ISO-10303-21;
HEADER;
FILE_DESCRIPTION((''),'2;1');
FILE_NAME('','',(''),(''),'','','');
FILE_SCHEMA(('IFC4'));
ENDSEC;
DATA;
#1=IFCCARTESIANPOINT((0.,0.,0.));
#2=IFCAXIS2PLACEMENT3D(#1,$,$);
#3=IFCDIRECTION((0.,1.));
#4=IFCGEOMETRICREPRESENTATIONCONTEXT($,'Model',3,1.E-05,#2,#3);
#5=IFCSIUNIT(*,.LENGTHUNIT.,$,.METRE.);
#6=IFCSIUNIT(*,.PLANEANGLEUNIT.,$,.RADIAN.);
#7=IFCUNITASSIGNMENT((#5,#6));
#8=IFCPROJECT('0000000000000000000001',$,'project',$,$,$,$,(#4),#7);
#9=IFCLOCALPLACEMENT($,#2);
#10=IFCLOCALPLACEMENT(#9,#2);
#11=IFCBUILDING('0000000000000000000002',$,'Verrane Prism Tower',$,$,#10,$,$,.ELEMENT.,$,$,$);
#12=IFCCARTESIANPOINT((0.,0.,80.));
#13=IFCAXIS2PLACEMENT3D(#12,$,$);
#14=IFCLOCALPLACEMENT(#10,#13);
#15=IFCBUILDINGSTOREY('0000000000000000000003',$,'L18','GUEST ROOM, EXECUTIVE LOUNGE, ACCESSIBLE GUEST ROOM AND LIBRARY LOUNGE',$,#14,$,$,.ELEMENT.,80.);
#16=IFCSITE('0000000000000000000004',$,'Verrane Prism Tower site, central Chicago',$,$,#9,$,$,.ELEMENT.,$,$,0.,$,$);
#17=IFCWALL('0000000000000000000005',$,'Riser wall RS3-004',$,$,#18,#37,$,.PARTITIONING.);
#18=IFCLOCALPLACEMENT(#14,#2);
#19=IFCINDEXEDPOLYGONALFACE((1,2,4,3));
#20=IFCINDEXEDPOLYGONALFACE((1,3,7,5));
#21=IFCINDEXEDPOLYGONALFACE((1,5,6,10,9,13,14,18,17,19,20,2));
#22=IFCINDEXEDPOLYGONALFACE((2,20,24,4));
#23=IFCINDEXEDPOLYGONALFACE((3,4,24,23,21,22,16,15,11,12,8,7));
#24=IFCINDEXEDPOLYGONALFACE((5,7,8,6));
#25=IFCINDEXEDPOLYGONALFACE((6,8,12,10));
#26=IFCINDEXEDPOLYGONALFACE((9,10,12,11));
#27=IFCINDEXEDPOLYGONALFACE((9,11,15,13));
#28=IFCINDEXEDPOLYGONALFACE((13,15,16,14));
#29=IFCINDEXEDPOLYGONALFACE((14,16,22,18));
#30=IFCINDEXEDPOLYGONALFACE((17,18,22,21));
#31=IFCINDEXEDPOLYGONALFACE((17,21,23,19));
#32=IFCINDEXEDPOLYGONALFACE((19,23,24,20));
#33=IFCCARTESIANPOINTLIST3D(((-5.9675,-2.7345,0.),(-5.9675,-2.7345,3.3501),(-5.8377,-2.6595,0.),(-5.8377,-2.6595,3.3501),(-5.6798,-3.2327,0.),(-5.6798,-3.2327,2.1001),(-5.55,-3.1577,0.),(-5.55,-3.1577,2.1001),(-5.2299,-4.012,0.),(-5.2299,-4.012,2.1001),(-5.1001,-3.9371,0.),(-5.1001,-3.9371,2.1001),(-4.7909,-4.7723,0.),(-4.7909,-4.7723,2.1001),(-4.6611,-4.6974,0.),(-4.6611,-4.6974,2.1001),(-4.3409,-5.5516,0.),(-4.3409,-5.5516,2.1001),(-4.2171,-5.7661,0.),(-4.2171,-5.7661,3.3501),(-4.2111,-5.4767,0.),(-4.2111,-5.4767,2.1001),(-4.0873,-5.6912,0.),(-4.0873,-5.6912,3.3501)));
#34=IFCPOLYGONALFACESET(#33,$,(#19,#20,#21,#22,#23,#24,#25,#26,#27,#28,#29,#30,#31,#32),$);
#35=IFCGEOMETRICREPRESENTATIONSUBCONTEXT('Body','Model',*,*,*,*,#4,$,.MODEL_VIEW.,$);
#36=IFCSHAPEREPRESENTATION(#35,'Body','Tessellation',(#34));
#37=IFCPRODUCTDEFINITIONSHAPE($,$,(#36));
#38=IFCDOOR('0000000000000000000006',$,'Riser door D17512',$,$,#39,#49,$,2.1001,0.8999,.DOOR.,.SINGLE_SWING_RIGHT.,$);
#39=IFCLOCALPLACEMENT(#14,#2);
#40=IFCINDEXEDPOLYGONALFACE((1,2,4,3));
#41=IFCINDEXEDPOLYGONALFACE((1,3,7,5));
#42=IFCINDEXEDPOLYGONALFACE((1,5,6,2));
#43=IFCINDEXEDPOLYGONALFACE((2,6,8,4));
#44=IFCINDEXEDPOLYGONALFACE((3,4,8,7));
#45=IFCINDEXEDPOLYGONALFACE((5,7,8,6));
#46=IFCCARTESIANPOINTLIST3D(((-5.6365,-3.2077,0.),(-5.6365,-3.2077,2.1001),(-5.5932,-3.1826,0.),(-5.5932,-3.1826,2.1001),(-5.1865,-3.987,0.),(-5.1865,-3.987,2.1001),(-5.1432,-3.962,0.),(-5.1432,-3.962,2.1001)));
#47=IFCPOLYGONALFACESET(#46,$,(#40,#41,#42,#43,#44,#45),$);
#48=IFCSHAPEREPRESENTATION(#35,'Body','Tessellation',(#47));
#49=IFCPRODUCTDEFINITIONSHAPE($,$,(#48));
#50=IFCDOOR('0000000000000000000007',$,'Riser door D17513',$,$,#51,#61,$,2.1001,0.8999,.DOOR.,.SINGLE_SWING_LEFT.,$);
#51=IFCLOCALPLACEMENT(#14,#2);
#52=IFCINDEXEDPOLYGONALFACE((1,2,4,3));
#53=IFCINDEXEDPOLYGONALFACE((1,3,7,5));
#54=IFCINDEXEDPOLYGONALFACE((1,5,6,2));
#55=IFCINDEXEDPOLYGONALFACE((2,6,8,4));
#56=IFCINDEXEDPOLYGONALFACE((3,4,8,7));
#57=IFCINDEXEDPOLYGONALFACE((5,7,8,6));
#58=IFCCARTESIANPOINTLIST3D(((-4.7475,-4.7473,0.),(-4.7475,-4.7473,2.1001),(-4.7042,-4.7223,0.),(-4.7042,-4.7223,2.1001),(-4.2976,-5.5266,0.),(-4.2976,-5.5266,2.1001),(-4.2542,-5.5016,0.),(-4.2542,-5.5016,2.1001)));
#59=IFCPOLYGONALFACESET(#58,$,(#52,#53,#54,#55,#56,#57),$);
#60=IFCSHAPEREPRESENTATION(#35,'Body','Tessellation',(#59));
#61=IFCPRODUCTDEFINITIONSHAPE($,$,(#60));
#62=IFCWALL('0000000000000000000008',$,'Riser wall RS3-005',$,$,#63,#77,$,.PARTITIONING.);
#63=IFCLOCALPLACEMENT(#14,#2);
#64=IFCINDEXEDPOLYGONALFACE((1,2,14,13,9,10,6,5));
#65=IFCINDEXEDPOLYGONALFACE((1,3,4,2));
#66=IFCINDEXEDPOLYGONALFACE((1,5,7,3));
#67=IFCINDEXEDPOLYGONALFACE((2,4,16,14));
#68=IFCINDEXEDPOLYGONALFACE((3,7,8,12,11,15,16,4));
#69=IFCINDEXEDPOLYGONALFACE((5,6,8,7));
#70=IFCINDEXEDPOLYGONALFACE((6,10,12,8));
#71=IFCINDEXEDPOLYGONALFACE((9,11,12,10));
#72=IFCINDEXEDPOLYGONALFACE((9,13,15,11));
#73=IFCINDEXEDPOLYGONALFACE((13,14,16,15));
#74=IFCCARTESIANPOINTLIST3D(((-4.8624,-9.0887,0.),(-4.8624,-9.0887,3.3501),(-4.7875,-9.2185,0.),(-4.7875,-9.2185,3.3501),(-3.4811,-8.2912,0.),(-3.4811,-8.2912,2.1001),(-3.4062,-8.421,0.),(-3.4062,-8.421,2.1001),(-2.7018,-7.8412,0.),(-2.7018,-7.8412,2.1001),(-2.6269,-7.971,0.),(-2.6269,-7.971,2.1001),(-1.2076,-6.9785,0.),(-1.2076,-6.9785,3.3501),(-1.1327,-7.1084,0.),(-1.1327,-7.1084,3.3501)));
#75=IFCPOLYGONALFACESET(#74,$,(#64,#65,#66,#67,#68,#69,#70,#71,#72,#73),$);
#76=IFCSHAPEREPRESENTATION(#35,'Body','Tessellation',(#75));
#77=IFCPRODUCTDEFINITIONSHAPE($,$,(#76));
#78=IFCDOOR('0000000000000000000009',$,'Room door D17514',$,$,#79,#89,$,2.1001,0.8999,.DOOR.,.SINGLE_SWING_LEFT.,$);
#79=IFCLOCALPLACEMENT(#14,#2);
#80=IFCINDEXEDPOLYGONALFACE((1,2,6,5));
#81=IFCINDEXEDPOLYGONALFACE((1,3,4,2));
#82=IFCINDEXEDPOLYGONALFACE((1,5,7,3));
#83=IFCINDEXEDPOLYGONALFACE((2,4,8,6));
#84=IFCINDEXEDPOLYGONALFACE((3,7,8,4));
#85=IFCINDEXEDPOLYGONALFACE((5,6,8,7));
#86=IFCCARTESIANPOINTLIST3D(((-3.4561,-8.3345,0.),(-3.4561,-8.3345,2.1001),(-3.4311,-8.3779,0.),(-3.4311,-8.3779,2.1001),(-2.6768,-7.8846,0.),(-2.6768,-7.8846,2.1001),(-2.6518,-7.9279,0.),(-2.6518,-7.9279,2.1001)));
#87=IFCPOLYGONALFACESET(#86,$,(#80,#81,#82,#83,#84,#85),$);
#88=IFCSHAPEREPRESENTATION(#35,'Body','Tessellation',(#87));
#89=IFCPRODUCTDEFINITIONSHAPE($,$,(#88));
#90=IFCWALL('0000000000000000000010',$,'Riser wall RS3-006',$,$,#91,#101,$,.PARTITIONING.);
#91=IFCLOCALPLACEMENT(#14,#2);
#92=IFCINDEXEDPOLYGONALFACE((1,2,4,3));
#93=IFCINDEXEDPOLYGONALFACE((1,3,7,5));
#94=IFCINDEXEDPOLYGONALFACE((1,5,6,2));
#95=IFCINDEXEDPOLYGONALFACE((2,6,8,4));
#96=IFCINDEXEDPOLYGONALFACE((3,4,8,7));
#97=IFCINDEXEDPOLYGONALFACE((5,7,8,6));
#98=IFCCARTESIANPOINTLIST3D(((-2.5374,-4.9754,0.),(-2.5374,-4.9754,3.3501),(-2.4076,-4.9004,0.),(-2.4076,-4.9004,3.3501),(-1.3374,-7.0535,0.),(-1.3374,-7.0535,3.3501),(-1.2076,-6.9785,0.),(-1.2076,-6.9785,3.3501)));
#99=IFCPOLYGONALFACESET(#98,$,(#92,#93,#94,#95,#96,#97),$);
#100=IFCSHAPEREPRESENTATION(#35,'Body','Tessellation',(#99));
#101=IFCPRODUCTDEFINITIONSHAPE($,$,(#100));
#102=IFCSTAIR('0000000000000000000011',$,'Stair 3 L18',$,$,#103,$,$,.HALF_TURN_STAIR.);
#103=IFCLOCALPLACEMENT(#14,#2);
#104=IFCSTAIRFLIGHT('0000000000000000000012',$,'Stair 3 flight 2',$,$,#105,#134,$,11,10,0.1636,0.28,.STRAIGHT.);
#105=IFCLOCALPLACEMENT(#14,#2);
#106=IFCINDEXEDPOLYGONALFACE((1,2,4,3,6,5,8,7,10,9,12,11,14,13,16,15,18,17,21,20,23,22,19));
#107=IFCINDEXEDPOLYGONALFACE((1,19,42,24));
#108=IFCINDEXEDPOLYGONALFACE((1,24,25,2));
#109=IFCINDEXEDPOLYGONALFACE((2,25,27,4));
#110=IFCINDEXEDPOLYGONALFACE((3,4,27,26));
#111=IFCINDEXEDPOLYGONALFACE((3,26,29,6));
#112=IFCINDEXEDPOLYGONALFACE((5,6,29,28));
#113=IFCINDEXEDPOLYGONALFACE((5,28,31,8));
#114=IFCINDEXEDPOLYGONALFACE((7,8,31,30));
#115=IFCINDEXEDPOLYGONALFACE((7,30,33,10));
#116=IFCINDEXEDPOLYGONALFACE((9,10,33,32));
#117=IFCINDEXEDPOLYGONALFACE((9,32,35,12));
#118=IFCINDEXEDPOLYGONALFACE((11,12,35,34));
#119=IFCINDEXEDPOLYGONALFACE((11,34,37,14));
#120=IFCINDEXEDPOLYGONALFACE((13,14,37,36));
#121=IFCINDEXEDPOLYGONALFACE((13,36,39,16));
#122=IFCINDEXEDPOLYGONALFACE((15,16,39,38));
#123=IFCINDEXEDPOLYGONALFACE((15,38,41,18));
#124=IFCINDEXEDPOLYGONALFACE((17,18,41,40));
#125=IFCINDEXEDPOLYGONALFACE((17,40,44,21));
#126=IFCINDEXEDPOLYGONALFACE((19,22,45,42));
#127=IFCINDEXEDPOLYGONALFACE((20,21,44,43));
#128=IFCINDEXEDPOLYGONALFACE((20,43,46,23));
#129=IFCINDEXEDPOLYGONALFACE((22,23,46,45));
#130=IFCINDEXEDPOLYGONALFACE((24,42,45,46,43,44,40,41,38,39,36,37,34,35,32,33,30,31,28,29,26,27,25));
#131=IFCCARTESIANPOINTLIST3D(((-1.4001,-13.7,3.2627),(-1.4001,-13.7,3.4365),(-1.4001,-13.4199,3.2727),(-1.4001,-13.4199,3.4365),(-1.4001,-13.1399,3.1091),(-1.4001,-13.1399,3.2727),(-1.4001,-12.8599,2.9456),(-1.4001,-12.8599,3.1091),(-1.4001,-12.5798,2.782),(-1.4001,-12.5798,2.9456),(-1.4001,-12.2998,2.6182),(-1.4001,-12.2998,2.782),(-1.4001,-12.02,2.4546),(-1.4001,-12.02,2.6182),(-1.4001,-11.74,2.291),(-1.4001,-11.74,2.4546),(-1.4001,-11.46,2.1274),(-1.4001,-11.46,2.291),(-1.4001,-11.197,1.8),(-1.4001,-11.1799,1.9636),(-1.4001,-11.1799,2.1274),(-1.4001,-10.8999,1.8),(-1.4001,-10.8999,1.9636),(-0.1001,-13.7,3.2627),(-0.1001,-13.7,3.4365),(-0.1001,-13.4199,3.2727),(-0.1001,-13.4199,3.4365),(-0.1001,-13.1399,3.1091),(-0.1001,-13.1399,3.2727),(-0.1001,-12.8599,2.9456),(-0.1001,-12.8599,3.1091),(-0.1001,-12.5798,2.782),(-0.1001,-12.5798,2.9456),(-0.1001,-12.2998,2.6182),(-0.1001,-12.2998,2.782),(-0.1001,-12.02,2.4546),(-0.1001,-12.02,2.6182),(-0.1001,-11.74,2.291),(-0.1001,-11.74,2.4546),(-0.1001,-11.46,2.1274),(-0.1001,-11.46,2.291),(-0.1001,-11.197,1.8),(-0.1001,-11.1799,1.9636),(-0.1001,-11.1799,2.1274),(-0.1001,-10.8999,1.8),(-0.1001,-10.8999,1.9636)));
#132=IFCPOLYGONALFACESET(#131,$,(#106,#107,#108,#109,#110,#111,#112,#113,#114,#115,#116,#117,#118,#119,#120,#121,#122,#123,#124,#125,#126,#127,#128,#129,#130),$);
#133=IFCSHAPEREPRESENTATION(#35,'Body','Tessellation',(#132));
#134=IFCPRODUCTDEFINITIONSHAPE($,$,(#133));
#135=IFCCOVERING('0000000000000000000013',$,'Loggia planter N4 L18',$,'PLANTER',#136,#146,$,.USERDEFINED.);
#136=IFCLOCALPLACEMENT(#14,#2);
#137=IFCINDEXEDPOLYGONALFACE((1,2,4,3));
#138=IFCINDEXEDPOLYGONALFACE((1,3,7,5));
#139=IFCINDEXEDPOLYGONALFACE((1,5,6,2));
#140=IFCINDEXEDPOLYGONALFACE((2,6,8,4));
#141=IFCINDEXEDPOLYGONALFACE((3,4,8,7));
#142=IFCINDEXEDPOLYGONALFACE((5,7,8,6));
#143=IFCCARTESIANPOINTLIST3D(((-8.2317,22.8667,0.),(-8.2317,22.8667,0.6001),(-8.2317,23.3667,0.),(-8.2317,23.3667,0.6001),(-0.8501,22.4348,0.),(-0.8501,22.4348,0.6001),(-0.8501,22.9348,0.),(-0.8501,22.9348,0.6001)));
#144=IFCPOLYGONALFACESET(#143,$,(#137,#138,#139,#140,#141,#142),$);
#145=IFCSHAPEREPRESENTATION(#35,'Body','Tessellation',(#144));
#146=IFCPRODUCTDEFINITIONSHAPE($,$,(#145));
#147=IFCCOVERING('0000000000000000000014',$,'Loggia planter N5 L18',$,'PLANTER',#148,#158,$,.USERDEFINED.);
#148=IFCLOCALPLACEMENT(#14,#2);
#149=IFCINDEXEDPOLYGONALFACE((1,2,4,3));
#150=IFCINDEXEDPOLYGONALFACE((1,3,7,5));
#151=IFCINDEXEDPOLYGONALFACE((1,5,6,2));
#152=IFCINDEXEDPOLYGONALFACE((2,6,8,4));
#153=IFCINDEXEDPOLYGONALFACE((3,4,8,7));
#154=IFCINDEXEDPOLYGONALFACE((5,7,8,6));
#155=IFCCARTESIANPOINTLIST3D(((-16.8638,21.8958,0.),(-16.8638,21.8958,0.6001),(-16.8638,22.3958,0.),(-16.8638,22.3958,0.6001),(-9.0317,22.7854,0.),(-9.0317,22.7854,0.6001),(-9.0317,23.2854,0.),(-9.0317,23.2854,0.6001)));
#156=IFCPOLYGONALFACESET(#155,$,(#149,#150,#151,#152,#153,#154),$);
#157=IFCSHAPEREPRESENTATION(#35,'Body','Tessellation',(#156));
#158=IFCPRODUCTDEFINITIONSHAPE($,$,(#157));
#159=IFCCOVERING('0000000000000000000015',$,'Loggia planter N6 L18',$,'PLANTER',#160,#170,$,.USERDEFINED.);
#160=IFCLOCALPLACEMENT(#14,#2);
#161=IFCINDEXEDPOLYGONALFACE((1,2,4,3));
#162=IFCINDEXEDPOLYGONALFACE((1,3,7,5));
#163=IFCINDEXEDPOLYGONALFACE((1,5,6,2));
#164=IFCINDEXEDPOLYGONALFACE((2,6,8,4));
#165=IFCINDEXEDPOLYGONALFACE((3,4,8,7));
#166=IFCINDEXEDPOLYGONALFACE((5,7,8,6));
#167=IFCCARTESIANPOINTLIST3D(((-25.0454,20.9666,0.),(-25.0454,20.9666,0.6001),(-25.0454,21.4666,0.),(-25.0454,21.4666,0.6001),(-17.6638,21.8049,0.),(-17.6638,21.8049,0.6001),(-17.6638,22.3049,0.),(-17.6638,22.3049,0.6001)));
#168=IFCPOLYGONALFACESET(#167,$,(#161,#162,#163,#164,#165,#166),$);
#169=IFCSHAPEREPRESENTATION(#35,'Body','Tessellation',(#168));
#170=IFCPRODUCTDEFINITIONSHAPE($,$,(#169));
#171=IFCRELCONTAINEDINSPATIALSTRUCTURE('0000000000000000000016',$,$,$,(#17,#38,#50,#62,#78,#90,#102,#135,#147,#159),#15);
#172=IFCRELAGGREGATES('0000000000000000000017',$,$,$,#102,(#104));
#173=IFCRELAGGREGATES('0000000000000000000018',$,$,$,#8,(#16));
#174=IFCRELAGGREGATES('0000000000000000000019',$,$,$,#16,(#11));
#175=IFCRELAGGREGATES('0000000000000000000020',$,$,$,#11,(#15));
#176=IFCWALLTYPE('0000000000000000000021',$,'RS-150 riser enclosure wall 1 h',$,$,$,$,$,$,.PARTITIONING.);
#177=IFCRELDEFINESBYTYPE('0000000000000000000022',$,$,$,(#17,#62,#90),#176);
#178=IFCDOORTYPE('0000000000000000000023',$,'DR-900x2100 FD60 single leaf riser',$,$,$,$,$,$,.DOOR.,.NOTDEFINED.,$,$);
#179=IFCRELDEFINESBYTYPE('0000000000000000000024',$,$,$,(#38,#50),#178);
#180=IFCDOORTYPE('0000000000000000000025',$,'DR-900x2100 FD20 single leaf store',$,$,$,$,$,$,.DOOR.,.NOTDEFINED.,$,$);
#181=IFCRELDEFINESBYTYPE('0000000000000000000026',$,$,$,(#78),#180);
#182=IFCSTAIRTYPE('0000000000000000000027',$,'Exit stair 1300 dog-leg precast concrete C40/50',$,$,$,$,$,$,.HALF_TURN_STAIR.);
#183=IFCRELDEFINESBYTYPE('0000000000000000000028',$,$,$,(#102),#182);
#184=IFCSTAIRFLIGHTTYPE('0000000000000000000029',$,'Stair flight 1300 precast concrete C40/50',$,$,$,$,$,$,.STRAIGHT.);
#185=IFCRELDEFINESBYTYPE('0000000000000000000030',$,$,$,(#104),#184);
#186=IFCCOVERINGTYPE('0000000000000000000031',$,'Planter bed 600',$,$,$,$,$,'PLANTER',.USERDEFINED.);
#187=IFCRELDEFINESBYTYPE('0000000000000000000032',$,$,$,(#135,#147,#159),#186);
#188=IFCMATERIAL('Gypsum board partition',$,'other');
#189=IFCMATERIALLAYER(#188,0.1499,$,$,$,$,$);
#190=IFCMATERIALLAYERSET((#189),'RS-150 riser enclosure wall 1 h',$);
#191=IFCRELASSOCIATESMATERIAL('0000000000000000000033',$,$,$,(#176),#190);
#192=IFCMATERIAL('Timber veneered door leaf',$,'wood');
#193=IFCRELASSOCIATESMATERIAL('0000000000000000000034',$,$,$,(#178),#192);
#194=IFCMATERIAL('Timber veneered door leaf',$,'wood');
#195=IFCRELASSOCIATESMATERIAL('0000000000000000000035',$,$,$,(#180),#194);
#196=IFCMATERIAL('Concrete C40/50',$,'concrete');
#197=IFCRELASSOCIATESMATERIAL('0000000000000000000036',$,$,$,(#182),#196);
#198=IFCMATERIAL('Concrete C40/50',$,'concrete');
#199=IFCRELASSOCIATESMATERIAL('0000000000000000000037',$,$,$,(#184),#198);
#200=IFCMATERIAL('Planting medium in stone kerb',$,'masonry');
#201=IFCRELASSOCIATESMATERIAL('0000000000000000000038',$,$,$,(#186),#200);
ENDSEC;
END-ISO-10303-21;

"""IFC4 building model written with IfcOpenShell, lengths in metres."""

from ifc_helpers import new_model, si_unit, direction, frame, frame_2d, origin, place, context, subcontext, project, spatial, polyline, rectangle, outline, extrude, material, layer, layer_set, type_object, element, fill, aggregate, save


model = new_model("IFC4")

# Units and contexts
model_context = context("Model", 3, precision=1e-05, world=origin(), true_north=direction((0.0, 1.0)))
body_context = subcontext(model_context, "Body", "Model", "MODEL_VIEW")
ifc_project = project(units=[si_unit("LENGTHUNIT", "METRE"), si_unit("PLANEANGLEUNIT", "RADIAN")], contexts=[model_context])

# Site, building, storey
site_placement = place(None, origin())
site = spatial("IfcSite", under=ifc_project, at=site_placement, Name="Verrane Prism Tower site, central Chicago", CompositionType="ELEMENT", RefElevation=0.0)
building_placement = place(site_placement, origin())
building = spatial("IfcBuilding", under=site, at=building_placement, Name="Verrane Prism Tower", CompositionType="ELEMENT")
storey_placement = place(building_placement, frame((0.0, 0.0, 80.0)))
storey = spatial("IfcBuildingStorey", under=building, at=storey_placement, Name="L18", Description="GUEST ROOM, EXECUTIVE LOUNGE, ACCESSIBLE GUEST ROOM AND LIBRARY LOUNGE", CompositionType="ELEMENT", Elevation=80.0)

# Shared definitions
ifc_material_1 = material(Name="Gypsum board partition", Category="other")
ifc_layer_1 = layer(ifc_material_1, 0.1499)
ifc_layer_set_1 = layer_set([ifc_layer_1], Name="RS-150 riser enclosure wall 1 h")
wall_type_1 = type_object("IfcWallType", Name="RS-150 riser enclosure wall 1 h", PredefinedType="PARTITIONING", material=ifc_layer_set_1)

# Wall, openings, doors
wall_1_placement = place(storey_placement, frame((-4.1521, -5.7288, 0.0), z_axis=(0.0, 0.0, 1.0), x_axis=(-0.500024, 0.866011, 0.0)))
wall_1 = element("IfcWall", 1, at=wall_1_placement, inside=storey, type_object=wall_type_1, Name="Riser wall RS3-004", PredefinedType="PARTITIONING", context=body_context, shape_type="SweptSolid", body=[
    extrude(rectangle(XDim=3.5007, YDim=0.1499, at=frame_2d((1.7505, 0.0))), origin(), (0.0, 0.0, 1.0), 3.3501),
])
opening_1_placement = place(wall_1_placement, frame((2.0256, 0.0, 0.0)))
opening_1 = element("IfcOpeningElement", 2, at=opening_1_placement, cuts=wall_1, PredefinedType="OPENING", context=body_context, shape_type="SweptSolid", body=[
    extrude(rectangle(XDim=0.8999, YDim=2.1001, at=frame_2d((0.45, 1.05))), frame((0.0, 0.085, 0.0), z_axis=(0.0, -1.0, 0.0), x_axis=(1.0, 0.0, 0.0)), (0.0, 0.0, 1.0), 0.1699),
])
opening_2_placement = place(wall_1_placement, frame((0.2478, 0.0, 0.0)))
opening_2 = element("IfcOpeningElement", 3, at=opening_2_placement, cuts=wall_1, PredefinedType="OPENING", context=body_context, shape_type="SweptSolid", body=[
    extrude(rectangle(XDim=0.8999, YDim=2.1001, at=frame_2d((0.45, 1.05))), frame((0.0, 0.085, 0.0), z_axis=(0.0, -1.0, 0.0), x_axis=(1.0, 0.0, 0.0)), (0.0, 0.0, 1.0), 0.1699),
])
ifc_material_2 = material(Name="Timber veneered door leaf", Category="wood")
door_type_1 = type_object("IfcDoorType", Name="DR-900x2100 FD60 single leaf riser", OperationType="NOTDEFINED", PredefinedType="DOOR", material=ifc_material_2)
door_1_placement = place(opening_1_placement, origin())
door_1 = element("IfcDoor", 4, at=door_1_placement, inside=storey, type_object=door_type_1, Name="Riser door D17512", OperationType="SINGLE_SWING_RIGHT", OverallHeight=2.1001, OverallWidth=0.8999, PredefinedType="DOOR", context=body_context, shape_type="SweptSolid", body=[
    extrude(rectangle(XDim=0.8999, YDim=2.1001, at=frame_2d((0.45, 1.05))), frame((0.0, 0.0249, 0.0), z_axis=(0.0, -1.0, 0.0), x_axis=(1.0, 0.0, 0.0)), (0.0, 0.0, 1.0), 0.05),
])
fill(opening_1, door_1)
door_2_placement = place(opening_2_placement, origin())
door_2 = element("IfcDoor", 5, at=door_2_placement, inside=storey, type_object=door_type_1, Name="Riser door D17513", OperationType="SINGLE_SWING_LEFT", OverallHeight=2.1001, OverallWidth=0.8999, PredefinedType="DOOR", context=body_context, shape_type="SweptSolid", body=[
    extrude(rectangle(XDim=0.8999, YDim=2.1001, at=frame_2d((0.45, 1.05))), frame((0.0, 0.0249, 0.0), z_axis=(0.0, -1.0, 0.0), x_axis=(1.0, 0.0, 0.0)), (0.0, 0.0, 1.0), 0.05),
])
fill(opening_2, door_2)

# Wall, opening, door
wall_2_placement = place(storey_placement, frame((-4.825, -9.1536, 0.0), z_axis=(0.0, 0.0, 1.0), x_axis=(0.866024, 0.500003, 0.0)))
wall_2 = element("IfcWall", 6, at=wall_2_placement, inside=storey, type_object=wall_type_1, Name="Riser wall RS3-005", PredefinedType="PARTITIONING", context=body_context, shape_type="SweptSolid", body=[
    extrude(rectangle(XDim=4.2202, YDim=0.1499, at=frame_2d((2.1101, 0.0))), origin(), (0.0, 0.0, 1.0), 3.3501),
])
opening_3_placement = place(wall_2_placement, frame((1.595, 0.0, 0.0)))
opening_3 = element("IfcOpeningElement", 7, at=opening_3_placement, cuts=wall_2, PredefinedType="OPENING", context=body_context, shape_type="SweptSolid", body=[
    extrude(rectangle(XDim=0.8999, YDim=2.1001, at=frame_2d((0.45, 1.05))), frame((0.0, 0.085, 0.0), z_axis=(0.0, -1.0, 0.0), x_axis=(1.0, 0.0, 0.0)), (0.0, 0.0, 1.0), 0.1699),
])
ifc_material_3 = material(Name="Timber veneered door leaf", Category="wood")
door_type_2 = type_object("IfcDoorType", Name="DR-900x2100 FD20 single leaf store", OperationType="NOTDEFINED", PredefinedType="DOOR", material=ifc_material_3)
door_3_placement = place(opening_3_placement, origin())
door_3 = element("IfcDoor", 8, at=door_3_placement, inside=storey, type_object=door_type_2, Name="Room door D17514", OperationType="SINGLE_SWING_LEFT", OverallHeight=2.1001, OverallWidth=0.8999, PredefinedType="DOOR", context=body_context, shape_type="SweptSolid", body=[
    extrude(rectangle(XDim=0.8999, YDim=2.1001, at=frame_2d((0.45, 1.05))), frame((0.0, 0.0249, 0.0), z_axis=(0.0, -1.0, 0.0), x_axis=(1.0, 0.0, 0.0)), (0.0, 0.0, 1.0), 0.05),
])
fill(opening_3, door_3)

# Wall
wall_3_placement = place(storey_placement, frame((-2.4724, -4.938, 0.0), z_axis=(0.0, 0.0, 1.0), x_axis=(0.500045, -0.865999, 0.0)))
element("IfcWall", 9, at=wall_3_placement, inside=storey, type_object=wall_type_1, Name="Riser wall RS3-006", PredefinedType="PARTITIONING", context=body_context, shape_type="SweptSolid", body=[
    extrude(rectangle(XDim=2.3997, YDim=0.1499, at=frame_2d((1.1997, 0.0))), origin(), (0.0, 0.0, 1.0), 3.3501),
])

# Stair, stair flight
ifc_material_4 = material(Name="Concrete C40/50", Category="concrete")
stair_type = type_object("IfcStairType", Name="Exit stair 1300 dog-leg precast concrete C40/50", PredefinedType="HALF_TURN_STAIR", material=ifc_material_4)
stair_placement = place(storey_placement, origin())
stair = element("IfcStair", 10, at=stair_placement, inside=storey, type_object=stair_type, Name="Stair 3 L18", PredefinedType="HALF_TURN_STAIR")
ifc_material_5 = material(Name="Concrete C40/50", Category="concrete")
stair_flight_type = type_object("IfcStairFlightType", Name="Stair flight 1300 precast concrete C40/50", PredefinedType="STRAIGHT", material=ifc_material_5)
stair_flight_placement = place(storey_placement, frame((-0.75, -10.8999, 1.8), z_axis=(0.0, 0.0, 1.0), x_axis=(0.0, -1.0, 0.0)))
stair_flight = element("IfcStairFlight", 11, at=stair_flight_placement, type_object=stair_flight_type, Name="Stair 3 flight 2", NumberOfRisers=11, NumberOfTreads=10, PredefinedType="STRAIGHT", RiserHeight=0.1636, TreadLength=0.28, context=body_context, shape_type="SweptSolid", body=[
    extrude(outline(polyline([(0.0, 0.0), (0.0, 0.1636), (0.28, 0.1636), (0.28, 0.3274), (0.5601, 0.3274), (0.5601, 0.491), (0.8401, 0.491), (0.8401, 0.6545), (1.1201, 0.6545), (1.1201, 0.8181), (1.3999, 0.8181), (1.3999, 0.9819), (1.6799, 0.9819), (1.6799, 1.1455), (1.96, 1.1455), (1.96, 1.3091), (2.24, 1.3091), (2.24, 1.4727), (2.52, 1.4727), (2.52, 1.6365), (2.8, 1.6365), (2.8, 1.8), (2.8, 1.4626), (0.2971, 0.0), (0.0, 0.0)])), frame((0.0, 0.6499, 0.0), z_axis=(0.0, -1.0, 0.0), x_axis=(1.0, 0.0, 0.0)), (0.0, 0.0, 1.0), 1.3),
])
aggregate(stair, [stair_flight])

# Coverings
ifc_material_6 = material(Name="Planting medium in stone kerb", Category="masonry")
covering_type_1 = type_object("IfcCoveringType", Name="Planter bed 600", ElementType="PLANTER", PredefinedType="USERDEFINED", material=ifc_material_6)
covering_1_placement = place(storey_placement, origin())
element("IfcCovering", 12, at=covering_1_placement, inside=storey, type_object=covering_type_1, Name="Loggia planter N4 L18", ObjectType="PLANTER", PredefinedType="USERDEFINED", context=body_context, shape_type="SweptSolid", body=[
    extrude(outline(polyline([(-0.8501, 22.9348), (-8.2317, 23.3667), (-8.2317, 22.8667), (-0.8501, 22.4348), (-0.8501, 22.9348)])), origin(), (0.0, 0.0, 1.0), 0.6001),
])
covering_2_placement = place(storey_placement, origin())
element("IfcCovering", 13, at=covering_2_placement, inside=storey, type_object=covering_type_1, Name="Loggia planter N5 L18", ObjectType="PLANTER", PredefinedType="USERDEFINED", context=body_context, shape_type="SweptSolid", body=[
    extrude(outline(polyline([(-9.0317, 23.2854), (-16.8638, 22.3958), (-16.8638, 21.8958), (-9.0317, 22.7854), (-9.0317, 23.2854)])), origin(), (0.0, 0.0, 1.0), 0.6001),
])
covering_3_placement = place(storey_placement, origin())
element("IfcCovering", 14, at=covering_3_placement, inside=storey, type_object=covering_type_1, Name="Loggia planter N6 L18", ObjectType="PLANTER", PredefinedType="USERDEFINED", context=body_context, shape_type="SweptSolid", body=[
    extrude(outline(polyline([(-17.6638, 22.3049), (-25.0454, 21.4666), (-25.0454, 20.9666), (-17.6638, 21.8049), (-17.6638, 22.3049)])), origin(), (0.0, 0.0, 1.0), 0.6001),
])

save(model, "model.ifc")
